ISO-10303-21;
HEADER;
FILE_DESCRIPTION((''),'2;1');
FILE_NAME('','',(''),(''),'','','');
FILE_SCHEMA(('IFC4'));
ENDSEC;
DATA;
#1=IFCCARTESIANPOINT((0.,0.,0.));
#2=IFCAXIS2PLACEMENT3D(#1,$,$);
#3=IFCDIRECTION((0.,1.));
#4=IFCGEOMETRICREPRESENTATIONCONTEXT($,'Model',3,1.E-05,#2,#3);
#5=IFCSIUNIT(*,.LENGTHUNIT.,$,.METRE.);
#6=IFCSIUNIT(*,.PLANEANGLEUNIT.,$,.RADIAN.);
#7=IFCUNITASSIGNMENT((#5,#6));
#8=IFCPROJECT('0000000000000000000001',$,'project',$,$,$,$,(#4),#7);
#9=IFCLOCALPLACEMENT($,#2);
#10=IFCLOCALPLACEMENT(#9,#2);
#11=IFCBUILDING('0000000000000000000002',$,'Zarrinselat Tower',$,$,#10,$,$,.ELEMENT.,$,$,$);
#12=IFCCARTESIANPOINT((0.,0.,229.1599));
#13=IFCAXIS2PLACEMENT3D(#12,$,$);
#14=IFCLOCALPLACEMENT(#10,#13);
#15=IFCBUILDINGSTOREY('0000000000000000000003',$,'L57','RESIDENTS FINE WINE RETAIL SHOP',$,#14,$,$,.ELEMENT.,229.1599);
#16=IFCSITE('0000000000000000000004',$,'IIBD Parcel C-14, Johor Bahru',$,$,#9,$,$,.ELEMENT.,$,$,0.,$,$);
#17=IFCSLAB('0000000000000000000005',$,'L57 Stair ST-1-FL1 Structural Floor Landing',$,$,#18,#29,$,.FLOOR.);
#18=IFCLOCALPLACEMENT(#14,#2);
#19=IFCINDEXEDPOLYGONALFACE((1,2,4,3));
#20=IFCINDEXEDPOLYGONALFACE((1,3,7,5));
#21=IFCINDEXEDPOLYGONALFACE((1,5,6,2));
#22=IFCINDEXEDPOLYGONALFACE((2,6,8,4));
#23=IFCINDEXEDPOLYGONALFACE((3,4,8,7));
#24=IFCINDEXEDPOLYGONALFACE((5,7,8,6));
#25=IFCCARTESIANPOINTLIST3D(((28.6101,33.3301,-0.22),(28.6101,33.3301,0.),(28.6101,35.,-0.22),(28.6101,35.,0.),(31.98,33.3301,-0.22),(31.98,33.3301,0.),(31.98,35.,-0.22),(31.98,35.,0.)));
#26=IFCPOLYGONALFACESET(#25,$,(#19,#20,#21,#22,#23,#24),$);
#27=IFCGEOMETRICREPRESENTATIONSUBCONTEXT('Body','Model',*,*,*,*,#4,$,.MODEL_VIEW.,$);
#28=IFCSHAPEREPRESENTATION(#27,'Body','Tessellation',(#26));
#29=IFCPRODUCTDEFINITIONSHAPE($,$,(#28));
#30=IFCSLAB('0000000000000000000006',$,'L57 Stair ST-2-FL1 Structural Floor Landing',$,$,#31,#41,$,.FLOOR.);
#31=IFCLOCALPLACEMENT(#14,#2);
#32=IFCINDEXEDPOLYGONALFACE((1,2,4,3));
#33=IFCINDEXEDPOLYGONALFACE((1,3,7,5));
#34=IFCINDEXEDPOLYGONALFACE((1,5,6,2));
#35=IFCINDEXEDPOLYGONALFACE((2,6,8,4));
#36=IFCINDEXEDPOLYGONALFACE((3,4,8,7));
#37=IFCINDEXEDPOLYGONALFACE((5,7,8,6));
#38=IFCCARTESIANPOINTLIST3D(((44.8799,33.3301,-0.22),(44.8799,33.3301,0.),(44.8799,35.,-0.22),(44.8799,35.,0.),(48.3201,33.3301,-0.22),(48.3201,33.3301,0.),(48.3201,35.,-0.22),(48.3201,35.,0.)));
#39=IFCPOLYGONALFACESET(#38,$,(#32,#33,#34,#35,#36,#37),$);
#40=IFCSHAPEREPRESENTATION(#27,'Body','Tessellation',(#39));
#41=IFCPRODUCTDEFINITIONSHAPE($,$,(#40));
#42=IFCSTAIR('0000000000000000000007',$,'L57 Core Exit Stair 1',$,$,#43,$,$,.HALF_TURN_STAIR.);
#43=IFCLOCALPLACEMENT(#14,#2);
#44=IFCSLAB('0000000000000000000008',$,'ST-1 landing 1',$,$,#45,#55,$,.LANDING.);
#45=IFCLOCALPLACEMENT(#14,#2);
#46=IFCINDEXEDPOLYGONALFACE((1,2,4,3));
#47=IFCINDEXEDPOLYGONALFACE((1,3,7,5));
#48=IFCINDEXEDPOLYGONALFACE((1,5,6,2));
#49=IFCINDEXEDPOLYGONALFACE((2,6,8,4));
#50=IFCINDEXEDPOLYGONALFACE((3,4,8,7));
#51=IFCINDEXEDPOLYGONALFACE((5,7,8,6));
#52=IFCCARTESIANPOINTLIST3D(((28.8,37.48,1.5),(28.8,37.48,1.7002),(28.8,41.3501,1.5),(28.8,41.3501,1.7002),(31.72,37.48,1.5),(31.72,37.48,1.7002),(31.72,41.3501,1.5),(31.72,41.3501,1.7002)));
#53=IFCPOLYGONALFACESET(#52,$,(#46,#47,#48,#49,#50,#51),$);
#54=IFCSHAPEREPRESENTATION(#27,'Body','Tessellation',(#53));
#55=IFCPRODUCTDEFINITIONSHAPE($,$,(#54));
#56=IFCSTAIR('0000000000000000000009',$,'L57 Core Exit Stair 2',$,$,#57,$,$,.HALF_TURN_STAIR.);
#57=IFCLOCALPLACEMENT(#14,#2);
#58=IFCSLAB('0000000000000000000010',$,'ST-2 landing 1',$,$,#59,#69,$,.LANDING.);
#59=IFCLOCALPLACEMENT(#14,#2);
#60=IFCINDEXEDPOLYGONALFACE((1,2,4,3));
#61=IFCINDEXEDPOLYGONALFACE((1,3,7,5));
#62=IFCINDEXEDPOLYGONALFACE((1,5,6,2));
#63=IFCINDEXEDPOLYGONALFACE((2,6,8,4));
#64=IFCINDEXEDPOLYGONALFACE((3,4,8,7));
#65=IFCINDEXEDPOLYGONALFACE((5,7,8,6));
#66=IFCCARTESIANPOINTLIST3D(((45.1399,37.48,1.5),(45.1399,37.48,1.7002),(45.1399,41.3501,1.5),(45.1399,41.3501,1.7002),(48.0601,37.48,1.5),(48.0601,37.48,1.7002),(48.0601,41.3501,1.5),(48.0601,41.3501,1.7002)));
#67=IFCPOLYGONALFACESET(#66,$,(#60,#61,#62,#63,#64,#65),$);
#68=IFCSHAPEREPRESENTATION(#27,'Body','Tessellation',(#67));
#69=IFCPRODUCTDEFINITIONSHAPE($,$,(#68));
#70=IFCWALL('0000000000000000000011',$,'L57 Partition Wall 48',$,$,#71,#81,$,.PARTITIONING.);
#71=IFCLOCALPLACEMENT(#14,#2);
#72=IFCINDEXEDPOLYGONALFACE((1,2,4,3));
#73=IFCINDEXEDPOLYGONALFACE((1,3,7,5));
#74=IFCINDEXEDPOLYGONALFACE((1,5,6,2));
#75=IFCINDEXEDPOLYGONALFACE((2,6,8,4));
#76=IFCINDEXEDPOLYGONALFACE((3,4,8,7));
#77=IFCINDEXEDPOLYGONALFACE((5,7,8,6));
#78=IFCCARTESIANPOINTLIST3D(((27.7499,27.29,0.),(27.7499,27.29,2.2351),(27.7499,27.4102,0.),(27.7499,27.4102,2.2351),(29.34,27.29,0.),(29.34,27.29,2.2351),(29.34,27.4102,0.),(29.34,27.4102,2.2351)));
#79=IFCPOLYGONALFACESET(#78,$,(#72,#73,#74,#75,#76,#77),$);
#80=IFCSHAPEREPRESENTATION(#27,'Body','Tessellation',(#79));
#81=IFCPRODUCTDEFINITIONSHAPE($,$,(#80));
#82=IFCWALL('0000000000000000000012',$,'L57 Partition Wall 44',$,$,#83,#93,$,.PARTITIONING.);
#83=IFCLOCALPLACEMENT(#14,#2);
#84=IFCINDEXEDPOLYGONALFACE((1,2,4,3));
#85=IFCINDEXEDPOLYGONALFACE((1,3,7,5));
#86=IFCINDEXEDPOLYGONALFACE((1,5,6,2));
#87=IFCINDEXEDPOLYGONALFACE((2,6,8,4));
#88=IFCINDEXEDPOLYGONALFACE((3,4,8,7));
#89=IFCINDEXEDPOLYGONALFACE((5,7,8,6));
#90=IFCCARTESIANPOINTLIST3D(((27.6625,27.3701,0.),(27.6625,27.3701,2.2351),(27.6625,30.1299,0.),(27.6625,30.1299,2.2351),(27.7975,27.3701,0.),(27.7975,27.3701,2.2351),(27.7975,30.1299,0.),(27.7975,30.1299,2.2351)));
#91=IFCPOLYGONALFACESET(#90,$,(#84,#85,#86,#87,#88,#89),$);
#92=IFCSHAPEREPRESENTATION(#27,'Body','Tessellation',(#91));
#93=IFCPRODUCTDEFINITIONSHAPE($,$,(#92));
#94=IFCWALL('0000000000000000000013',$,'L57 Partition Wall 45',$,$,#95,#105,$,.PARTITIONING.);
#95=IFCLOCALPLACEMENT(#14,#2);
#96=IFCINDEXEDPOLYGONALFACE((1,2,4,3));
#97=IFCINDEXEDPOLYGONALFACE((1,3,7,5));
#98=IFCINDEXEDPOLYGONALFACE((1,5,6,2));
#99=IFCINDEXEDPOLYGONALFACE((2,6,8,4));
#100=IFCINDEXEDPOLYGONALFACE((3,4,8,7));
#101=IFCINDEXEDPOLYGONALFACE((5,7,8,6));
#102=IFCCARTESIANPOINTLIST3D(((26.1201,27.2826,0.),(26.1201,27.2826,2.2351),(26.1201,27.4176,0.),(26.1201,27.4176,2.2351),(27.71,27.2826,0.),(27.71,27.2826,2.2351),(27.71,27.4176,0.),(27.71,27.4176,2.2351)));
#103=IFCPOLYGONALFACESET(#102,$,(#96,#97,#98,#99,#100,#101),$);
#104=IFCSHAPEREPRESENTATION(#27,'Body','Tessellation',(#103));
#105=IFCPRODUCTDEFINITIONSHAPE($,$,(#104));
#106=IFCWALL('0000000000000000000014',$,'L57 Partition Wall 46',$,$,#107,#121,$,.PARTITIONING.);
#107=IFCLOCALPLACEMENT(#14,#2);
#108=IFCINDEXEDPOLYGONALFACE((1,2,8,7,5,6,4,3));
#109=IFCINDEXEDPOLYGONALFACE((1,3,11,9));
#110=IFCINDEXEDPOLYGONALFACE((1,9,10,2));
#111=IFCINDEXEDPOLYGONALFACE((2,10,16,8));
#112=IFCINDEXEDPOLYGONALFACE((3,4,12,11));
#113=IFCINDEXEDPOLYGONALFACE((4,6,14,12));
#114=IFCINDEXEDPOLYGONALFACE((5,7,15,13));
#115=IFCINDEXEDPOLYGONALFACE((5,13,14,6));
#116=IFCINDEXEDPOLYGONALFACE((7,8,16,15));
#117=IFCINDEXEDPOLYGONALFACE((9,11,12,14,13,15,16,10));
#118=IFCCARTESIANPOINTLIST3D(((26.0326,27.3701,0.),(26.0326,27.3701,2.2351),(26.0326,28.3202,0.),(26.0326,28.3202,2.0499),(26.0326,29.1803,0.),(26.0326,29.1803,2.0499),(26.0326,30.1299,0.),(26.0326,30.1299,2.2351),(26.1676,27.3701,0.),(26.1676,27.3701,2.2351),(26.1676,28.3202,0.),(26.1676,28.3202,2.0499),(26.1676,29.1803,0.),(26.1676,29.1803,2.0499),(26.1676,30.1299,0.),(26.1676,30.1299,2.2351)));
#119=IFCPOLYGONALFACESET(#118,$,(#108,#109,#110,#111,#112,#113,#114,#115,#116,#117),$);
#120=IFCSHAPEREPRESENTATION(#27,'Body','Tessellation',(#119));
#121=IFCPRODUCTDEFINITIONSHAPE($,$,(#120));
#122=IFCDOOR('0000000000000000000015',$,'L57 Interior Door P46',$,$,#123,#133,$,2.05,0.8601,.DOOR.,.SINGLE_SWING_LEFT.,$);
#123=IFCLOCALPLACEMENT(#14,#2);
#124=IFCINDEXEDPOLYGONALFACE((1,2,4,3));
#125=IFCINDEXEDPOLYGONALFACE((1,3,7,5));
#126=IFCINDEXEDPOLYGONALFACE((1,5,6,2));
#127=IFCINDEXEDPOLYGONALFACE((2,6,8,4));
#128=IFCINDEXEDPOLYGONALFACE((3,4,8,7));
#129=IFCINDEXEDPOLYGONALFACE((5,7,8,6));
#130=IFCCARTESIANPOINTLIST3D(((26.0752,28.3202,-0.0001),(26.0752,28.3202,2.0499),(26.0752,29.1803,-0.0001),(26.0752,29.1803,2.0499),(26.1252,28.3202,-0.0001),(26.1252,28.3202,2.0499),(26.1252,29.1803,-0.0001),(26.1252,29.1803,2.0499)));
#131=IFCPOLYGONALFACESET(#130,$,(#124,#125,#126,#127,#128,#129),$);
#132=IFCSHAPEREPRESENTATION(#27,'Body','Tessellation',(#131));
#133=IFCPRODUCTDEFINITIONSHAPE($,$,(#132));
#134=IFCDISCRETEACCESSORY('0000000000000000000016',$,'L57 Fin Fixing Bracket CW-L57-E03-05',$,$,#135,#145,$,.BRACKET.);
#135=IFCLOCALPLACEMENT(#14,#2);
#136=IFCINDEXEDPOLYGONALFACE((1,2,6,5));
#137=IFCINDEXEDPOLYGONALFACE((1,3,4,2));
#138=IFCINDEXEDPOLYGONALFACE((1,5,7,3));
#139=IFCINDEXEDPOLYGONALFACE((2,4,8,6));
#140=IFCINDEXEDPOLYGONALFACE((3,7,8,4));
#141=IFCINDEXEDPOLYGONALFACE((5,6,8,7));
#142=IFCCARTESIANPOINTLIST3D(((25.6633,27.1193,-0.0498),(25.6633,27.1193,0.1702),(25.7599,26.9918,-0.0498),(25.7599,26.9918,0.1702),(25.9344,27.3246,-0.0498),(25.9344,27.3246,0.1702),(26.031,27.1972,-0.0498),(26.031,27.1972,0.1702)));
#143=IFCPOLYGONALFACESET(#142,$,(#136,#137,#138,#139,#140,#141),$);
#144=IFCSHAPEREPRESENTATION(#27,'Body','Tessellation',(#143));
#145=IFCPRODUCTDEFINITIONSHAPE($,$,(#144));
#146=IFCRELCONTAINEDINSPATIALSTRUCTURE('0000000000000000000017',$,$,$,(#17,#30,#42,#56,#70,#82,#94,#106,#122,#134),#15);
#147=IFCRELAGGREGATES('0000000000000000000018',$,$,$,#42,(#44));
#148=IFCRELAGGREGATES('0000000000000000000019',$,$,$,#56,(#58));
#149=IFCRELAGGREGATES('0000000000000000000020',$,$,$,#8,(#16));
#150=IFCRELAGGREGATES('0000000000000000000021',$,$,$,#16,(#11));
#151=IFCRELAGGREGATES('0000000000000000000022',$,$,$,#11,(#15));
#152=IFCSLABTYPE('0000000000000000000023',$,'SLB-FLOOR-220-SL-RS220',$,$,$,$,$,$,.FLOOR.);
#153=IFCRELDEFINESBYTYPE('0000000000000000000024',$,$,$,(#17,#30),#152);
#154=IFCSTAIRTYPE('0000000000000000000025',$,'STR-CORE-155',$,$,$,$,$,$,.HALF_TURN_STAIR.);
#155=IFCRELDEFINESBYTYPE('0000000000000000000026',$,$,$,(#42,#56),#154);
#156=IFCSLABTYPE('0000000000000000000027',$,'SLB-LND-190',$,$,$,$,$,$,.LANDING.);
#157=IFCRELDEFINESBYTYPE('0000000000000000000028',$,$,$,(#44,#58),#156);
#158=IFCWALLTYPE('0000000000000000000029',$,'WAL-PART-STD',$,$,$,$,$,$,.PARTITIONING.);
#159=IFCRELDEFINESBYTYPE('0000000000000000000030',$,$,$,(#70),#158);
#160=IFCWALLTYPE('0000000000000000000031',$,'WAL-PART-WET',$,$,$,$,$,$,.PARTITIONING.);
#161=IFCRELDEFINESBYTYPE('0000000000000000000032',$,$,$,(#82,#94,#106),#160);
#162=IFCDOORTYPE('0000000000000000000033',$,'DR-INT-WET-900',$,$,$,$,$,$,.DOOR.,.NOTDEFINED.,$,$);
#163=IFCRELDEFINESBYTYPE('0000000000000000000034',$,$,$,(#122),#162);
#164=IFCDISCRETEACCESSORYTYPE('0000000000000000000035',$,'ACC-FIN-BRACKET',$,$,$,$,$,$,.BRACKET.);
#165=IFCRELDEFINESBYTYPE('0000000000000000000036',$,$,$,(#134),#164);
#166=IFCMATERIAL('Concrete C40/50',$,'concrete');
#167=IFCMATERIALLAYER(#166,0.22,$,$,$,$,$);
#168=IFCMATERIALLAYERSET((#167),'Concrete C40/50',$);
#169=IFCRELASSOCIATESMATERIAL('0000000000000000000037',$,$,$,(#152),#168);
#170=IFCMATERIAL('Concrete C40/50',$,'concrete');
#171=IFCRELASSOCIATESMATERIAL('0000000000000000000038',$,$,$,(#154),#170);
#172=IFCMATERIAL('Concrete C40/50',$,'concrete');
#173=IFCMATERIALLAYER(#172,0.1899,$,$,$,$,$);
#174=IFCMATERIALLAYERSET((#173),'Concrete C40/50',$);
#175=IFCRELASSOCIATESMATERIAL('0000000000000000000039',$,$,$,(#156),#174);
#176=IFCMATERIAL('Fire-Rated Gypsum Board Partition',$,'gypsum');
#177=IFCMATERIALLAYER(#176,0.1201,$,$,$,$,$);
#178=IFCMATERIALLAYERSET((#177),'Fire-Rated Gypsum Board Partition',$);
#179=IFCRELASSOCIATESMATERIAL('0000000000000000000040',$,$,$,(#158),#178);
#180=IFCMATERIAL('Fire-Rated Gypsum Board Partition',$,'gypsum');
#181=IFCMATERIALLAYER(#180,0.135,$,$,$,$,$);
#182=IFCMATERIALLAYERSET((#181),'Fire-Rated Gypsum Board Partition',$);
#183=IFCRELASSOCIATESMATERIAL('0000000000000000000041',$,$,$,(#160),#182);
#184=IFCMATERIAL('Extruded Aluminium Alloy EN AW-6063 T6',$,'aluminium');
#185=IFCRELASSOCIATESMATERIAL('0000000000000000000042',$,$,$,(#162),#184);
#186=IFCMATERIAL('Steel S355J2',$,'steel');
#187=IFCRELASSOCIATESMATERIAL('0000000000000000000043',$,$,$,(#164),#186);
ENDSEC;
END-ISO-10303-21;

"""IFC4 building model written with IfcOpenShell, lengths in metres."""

from ifc_helpers import new_model, si_unit, direction, frame, frame_2d, origin, origin_2d, place, context, subcontext, project, spatial, polyline, rectangle, outline, extrude, material, layer, layer_set, type_object, element, fill, aggregate, save


model = new_model("IFC4")

# Units and contexts
model_context = context("Model", 3, precision=1e-05, world=origin(), true_north=direction((0.0, 1.0)))
body_context = subcontext(model_context, "Body", "Model", "MODEL_VIEW")
ifc_project = project(units=[si_unit("LENGTHUNIT", "METRE"), si_unit("PLANEANGLEUNIT", "RADIAN")], contexts=[model_context])

# Site, building, storey
site_placement = place(None, origin())
site = spatial("IfcSite", under=ifc_project, at=site_placement, Name="IIBD Parcel C-14, Johor Bahru", CompositionType="ELEMENT", RefElevation=0.0)
building_placement = place(site_placement, origin())
building = spatial("IfcBuilding", under=site, at=building_placement, Name="Zarrinselat Tower", CompositionType="ELEMENT")
storey_placement = place(building_placement, frame((0.0, 0.0, 229.1599)))
storey = spatial("IfcBuildingStorey", under=building, at=storey_placement, Name="L57", Description="RESIDENTS FINE WINE RETAIL SHOP", CompositionType="ELEMENT", Elevation=229.1599)

# Slabs
ifc_material_1 = material(Name="Concrete C40/50", Category="concrete")
ifc_layer_1 = layer(ifc_material_1, 0.22)
ifc_layer_set_1 = layer_set([ifc_layer_1], Name="Concrete C40/50")
slab_type_1 = type_object("IfcSlabType", Name="SLB-FLOOR-220-SL-RS220", PredefinedType="FLOOR", material=ifc_layer_set_1)
slab_1_placement = place(storey_placement, frame((0.0, 0.0, -0.22)))
element("IfcSlab", 1, at=slab_1_placement, inside=storey, type_object=slab_type_1, Name="L57 Stair ST-1-FL1 Structural Floor Landing", PredefinedType="FLOOR", context=body_context, shape_type="SweptSolid", body=[
    extrude(outline(polyline([(31.98, 33.3301), (31.98, 35.0), (28.6101, 35.0), (28.6101, 33.3301), (31.98, 33.3301)])), origin(), (0.0, 0.0, 1.0), 0.22),
])
slab_2_placement = place(storey_placement, frame((0.0, 0.0, -0.22)))
element("IfcSlab", 2, at=slab_2_placement, inside=storey, type_object=slab_type_1, Name="L57 Stair ST-2-FL1 Structural Floor Landing", PredefinedType="FLOOR", context=body_context, shape_type="SweptSolid", body=[
    extrude(outline(polyline([(48.3201, 33.3301), (48.3201, 35.0), (44.8799, 35.0), (44.8799, 33.3301), (48.3201, 33.3301)])), origin(), (0.0, 0.0, 1.0), 0.22),
])

# Stairs, slabs
ifc_material_2 = material(Name="Concrete C40/50", Category="concrete")
stair_type = type_object("IfcStairType", Name="STR-CORE-155", PredefinedType="HALF_TURN_STAIR", material=ifc_material_2)
stair_1_placement = place(storey_placement, origin())
stair_1 = element("IfcStair", 3, at=stair_1_placement, inside=storey, type_object=stair_type, Name="L57 Core Exit Stair 1", PredefinedType="HALF_TURN_STAIR")
ifc_material_3 = material(Name="Concrete C40/50", Category="concrete")
ifc_layer_2 = layer(ifc_material_3, 0.1899)
ifc_layer_set_2 = layer_set([ifc_layer_2], Name="Concrete C40/50")
slab_type_2 = type_object("IfcSlabType", Name="SLB-LND-190", PredefinedType="LANDING", material=ifc_layer_set_2)
slab_3_placement = place(storey_placement, frame((0.0, 0.0, 1.5)))
slab_3 = element("IfcSlab", 4, at=slab_3_placement, type_object=slab_type_2, Name="ST-1 landing 1", PredefinedType="LANDING", context=body_context, shape_type="SweptSolid", body=[
    extrude(outline(polyline([(31.72, 37.48), (31.72, 41.3501), (28.8, 41.3501), (28.8, 37.48), (31.72, 37.48)])), origin(), (0.0, 0.0, 1.0), 0.2002),
])
aggregate(stair_1, [slab_3])
stair_2_placement = place(storey_placement, origin())
stair_2 = element("IfcStair", 5, at=stair_2_placement, inside=storey, type_object=stair_type, Name="L57 Core Exit Stair 2", PredefinedType="HALF_TURN_STAIR")
slab_4_placement = place(storey_placement, frame((0.0, 0.0, 1.5)))
slab_4 = element("IfcSlab", 6, at=slab_4_placement, type_object=slab_type_2, Name="ST-2 landing 1", PredefinedType="LANDING", context=body_context, shape_type="SweptSolid", body=[
    extrude(outline(polyline([(48.0601, 37.48), (48.0601, 41.3501), (45.1399, 41.3501), (45.1399, 37.48), (48.0601, 37.48)])), origin(), (0.0, 0.0, 1.0), 0.2002),
])
aggregate(stair_2, [slab_4])

# Walls
ifc_material_4 = material(Name="Fire-Rated Gypsum Board Partition", Category="gypsum")
ifc_layer_3 = layer(ifc_material_4, 0.1201)
ifc_layer_set_3 = layer_set([ifc_layer_3], Name="Fire-Rated Gypsum Board Partition")
wall_type_1 = type_object("IfcWallType", Name="WAL-PART-STD", PredefinedType="PARTITIONING", material=ifc_layer_set_3)
wall_1_placement = place(storey_placement, frame((27.75, 27.3501, 0.0), z_axis=(0.0, 0.0, 1.0), x_axis=(1.0, 0.0, 0.0)))
element("IfcWall", 7, at=wall_1_placement, inside=storey, type_object=wall_type_1, Name="L57 Partition Wall 48", PredefinedType="PARTITIONING", context=body_context, shape_type="SweptSolid", body=[
    extrude(rectangle(XDim=1.5901, YDim=0.1201, at=frame_2d((0.7949, 0.0))), origin(), (0.0, 0.0, 1.0), 2.2351),
])
ifc_material_5 = material(Name="Fire-Rated Gypsum Board Partition", Category="gypsum")
ifc_layer_4 = layer(ifc_material_5, 0.135)
ifc_layer_set_4 = layer_set([ifc_layer_4], Name="Fire-Rated Gypsum Board Partition")
wall_type_2 = type_object("IfcWallType", Name="WAL-PART-WET", PredefinedType="PARTITIONING", material=ifc_layer_set_4)
wall_2_placement = place(storey_placement, frame((27.73, 27.3701, 0.0), z_axis=(0.0, 0.0, 1.0), x_axis=(0.0, 1.0, 0.0)))
element("IfcWall", 8, at=wall_2_placement, inside=storey, type_object=wall_type_2, Name="L57 Partition Wall 44", PredefinedType="PARTITIONING", context=body_context, shape_type="SweptSolid", body=[
    extrude(rectangle(XDim=2.7598, YDim=0.135, at=frame_2d((1.3799, 0.0))), origin(), (0.0, 0.0, 1.0), 2.2351),
])
wall_3_placement = place(storey_placement, frame((26.1201, 27.3501, 0.0), z_axis=(0.0, 0.0, 1.0), x_axis=(1.0, 0.0, 0.0)))
element("IfcWall", 9, at=wall_3_placement, inside=storey, type_object=wall_type_2, Name="L57 Partition Wall 45", PredefinedType="PARTITIONING", context=body_context, shape_type="SweptSolid", body=[
    extrude(rectangle(XDim=1.5898, YDim=0.135, at=frame_2d((0.7949, 0.0))), origin(), (0.0, 0.0, 1.0), 2.2351),
])

# Wall, opening, door
wall_4_placement = place(storey_placement, frame((26.1001, 27.3701, 0.0), z_axis=(0.0, 0.0, 1.0), x_axis=(0.0, 1.0, 0.0)))
wall_4 = element("IfcWall", 10, at=wall_4_placement, inside=storey, type_object=wall_type_2, Name="L57 Partition Wall 46", PredefinedType="PARTITIONING", context=body_context, shape_type="SweptSolid", body=[
    extrude(rectangle(XDim=2.7598, YDim=0.135, at=frame_2d((1.3799, 0.0))), origin(), (0.0, 0.0, 1.0), 2.2351),
])
opening_placement = place(wall_4_placement, frame((0.95, 0.0, 0.0)))
opening = element("IfcOpeningElement", 11, at=opening_placement, cuts=wall_4, PredefinedType="OPENING", context=body_context, shape_type="SweptSolid", body=[
    extrude(rectangle(XDim=0.8601, YDim=2.05, at=frame_2d((0.4302, 1.0249))), frame((0.0, 0.0774, 0.0), z_axis=(0.0, -1.0, 0.0), x_axis=(1.0, 0.0, 0.0)), (0.0, 0.0, 1.0), 0.155),
])
ifc_material_6 = material(Name="Extruded Aluminium Alloy EN AW-6063 T6", Category="aluminium")
door_type = type_object("IfcDoorType", Name="DR-INT-WET-900", OperationType="NOTDEFINED", PredefinedType="DOOR", material=ifc_material_6)
door_placement = place(opening_placement, origin())
door = element("IfcDoor", 12, at=door_placement, inside=storey, type_object=door_type, Name="L57 Interior Door P46", OperationType="SINGLE_SWING_LEFT", OverallHeight=2.05, OverallWidth=0.8601, PredefinedType="DOOR", context=body_context, shape_type="SweptSolid", body=[
    extrude(rectangle(XDim=0.8601, YDim=2.05, at=frame_2d((0.4302, 1.0249))), frame((0.0, 0.0249, 0.0), z_axis=(0.0, -1.0, 0.0), x_axis=(1.0, 0.0, 0.0)), (0.0, 0.0, 1.0), 0.05),
])
fill(opening, door)

# Discrete accessory
ifc_material_7 = material(Name="Steel S355J2", Category="steel")
discrete_accessory_type = type_object("IfcDiscreteAccessoryType", Name="ACC-FIN-BRACKET", PredefinedType="BRACKET", material=ifc_material_7)
discrete_accessory_placement = place(storey_placement, frame((25.8472, 27.1582, -0.0498), z_axis=(0.0, 0.0, 1.0), x_axis=(-0.797092, -0.603857, 0.0)))
element("IfcDiscreteAccessory", 13, at=discrete_accessory_placement, inside=storey, type_object=discrete_accessory_type, Name="L57 Fin Fixing Bracket CW-L57-E03-05", PredefinedType="BRACKET", context=body_context, shape_type="SweptSolid", body=[
    extrude(rectangle(XDim=0.3401, YDim=0.1599, at=origin_2d()), origin(), (0.0, 0.0, 1.0), 0.22),
])

save(model, "model.ifc")
